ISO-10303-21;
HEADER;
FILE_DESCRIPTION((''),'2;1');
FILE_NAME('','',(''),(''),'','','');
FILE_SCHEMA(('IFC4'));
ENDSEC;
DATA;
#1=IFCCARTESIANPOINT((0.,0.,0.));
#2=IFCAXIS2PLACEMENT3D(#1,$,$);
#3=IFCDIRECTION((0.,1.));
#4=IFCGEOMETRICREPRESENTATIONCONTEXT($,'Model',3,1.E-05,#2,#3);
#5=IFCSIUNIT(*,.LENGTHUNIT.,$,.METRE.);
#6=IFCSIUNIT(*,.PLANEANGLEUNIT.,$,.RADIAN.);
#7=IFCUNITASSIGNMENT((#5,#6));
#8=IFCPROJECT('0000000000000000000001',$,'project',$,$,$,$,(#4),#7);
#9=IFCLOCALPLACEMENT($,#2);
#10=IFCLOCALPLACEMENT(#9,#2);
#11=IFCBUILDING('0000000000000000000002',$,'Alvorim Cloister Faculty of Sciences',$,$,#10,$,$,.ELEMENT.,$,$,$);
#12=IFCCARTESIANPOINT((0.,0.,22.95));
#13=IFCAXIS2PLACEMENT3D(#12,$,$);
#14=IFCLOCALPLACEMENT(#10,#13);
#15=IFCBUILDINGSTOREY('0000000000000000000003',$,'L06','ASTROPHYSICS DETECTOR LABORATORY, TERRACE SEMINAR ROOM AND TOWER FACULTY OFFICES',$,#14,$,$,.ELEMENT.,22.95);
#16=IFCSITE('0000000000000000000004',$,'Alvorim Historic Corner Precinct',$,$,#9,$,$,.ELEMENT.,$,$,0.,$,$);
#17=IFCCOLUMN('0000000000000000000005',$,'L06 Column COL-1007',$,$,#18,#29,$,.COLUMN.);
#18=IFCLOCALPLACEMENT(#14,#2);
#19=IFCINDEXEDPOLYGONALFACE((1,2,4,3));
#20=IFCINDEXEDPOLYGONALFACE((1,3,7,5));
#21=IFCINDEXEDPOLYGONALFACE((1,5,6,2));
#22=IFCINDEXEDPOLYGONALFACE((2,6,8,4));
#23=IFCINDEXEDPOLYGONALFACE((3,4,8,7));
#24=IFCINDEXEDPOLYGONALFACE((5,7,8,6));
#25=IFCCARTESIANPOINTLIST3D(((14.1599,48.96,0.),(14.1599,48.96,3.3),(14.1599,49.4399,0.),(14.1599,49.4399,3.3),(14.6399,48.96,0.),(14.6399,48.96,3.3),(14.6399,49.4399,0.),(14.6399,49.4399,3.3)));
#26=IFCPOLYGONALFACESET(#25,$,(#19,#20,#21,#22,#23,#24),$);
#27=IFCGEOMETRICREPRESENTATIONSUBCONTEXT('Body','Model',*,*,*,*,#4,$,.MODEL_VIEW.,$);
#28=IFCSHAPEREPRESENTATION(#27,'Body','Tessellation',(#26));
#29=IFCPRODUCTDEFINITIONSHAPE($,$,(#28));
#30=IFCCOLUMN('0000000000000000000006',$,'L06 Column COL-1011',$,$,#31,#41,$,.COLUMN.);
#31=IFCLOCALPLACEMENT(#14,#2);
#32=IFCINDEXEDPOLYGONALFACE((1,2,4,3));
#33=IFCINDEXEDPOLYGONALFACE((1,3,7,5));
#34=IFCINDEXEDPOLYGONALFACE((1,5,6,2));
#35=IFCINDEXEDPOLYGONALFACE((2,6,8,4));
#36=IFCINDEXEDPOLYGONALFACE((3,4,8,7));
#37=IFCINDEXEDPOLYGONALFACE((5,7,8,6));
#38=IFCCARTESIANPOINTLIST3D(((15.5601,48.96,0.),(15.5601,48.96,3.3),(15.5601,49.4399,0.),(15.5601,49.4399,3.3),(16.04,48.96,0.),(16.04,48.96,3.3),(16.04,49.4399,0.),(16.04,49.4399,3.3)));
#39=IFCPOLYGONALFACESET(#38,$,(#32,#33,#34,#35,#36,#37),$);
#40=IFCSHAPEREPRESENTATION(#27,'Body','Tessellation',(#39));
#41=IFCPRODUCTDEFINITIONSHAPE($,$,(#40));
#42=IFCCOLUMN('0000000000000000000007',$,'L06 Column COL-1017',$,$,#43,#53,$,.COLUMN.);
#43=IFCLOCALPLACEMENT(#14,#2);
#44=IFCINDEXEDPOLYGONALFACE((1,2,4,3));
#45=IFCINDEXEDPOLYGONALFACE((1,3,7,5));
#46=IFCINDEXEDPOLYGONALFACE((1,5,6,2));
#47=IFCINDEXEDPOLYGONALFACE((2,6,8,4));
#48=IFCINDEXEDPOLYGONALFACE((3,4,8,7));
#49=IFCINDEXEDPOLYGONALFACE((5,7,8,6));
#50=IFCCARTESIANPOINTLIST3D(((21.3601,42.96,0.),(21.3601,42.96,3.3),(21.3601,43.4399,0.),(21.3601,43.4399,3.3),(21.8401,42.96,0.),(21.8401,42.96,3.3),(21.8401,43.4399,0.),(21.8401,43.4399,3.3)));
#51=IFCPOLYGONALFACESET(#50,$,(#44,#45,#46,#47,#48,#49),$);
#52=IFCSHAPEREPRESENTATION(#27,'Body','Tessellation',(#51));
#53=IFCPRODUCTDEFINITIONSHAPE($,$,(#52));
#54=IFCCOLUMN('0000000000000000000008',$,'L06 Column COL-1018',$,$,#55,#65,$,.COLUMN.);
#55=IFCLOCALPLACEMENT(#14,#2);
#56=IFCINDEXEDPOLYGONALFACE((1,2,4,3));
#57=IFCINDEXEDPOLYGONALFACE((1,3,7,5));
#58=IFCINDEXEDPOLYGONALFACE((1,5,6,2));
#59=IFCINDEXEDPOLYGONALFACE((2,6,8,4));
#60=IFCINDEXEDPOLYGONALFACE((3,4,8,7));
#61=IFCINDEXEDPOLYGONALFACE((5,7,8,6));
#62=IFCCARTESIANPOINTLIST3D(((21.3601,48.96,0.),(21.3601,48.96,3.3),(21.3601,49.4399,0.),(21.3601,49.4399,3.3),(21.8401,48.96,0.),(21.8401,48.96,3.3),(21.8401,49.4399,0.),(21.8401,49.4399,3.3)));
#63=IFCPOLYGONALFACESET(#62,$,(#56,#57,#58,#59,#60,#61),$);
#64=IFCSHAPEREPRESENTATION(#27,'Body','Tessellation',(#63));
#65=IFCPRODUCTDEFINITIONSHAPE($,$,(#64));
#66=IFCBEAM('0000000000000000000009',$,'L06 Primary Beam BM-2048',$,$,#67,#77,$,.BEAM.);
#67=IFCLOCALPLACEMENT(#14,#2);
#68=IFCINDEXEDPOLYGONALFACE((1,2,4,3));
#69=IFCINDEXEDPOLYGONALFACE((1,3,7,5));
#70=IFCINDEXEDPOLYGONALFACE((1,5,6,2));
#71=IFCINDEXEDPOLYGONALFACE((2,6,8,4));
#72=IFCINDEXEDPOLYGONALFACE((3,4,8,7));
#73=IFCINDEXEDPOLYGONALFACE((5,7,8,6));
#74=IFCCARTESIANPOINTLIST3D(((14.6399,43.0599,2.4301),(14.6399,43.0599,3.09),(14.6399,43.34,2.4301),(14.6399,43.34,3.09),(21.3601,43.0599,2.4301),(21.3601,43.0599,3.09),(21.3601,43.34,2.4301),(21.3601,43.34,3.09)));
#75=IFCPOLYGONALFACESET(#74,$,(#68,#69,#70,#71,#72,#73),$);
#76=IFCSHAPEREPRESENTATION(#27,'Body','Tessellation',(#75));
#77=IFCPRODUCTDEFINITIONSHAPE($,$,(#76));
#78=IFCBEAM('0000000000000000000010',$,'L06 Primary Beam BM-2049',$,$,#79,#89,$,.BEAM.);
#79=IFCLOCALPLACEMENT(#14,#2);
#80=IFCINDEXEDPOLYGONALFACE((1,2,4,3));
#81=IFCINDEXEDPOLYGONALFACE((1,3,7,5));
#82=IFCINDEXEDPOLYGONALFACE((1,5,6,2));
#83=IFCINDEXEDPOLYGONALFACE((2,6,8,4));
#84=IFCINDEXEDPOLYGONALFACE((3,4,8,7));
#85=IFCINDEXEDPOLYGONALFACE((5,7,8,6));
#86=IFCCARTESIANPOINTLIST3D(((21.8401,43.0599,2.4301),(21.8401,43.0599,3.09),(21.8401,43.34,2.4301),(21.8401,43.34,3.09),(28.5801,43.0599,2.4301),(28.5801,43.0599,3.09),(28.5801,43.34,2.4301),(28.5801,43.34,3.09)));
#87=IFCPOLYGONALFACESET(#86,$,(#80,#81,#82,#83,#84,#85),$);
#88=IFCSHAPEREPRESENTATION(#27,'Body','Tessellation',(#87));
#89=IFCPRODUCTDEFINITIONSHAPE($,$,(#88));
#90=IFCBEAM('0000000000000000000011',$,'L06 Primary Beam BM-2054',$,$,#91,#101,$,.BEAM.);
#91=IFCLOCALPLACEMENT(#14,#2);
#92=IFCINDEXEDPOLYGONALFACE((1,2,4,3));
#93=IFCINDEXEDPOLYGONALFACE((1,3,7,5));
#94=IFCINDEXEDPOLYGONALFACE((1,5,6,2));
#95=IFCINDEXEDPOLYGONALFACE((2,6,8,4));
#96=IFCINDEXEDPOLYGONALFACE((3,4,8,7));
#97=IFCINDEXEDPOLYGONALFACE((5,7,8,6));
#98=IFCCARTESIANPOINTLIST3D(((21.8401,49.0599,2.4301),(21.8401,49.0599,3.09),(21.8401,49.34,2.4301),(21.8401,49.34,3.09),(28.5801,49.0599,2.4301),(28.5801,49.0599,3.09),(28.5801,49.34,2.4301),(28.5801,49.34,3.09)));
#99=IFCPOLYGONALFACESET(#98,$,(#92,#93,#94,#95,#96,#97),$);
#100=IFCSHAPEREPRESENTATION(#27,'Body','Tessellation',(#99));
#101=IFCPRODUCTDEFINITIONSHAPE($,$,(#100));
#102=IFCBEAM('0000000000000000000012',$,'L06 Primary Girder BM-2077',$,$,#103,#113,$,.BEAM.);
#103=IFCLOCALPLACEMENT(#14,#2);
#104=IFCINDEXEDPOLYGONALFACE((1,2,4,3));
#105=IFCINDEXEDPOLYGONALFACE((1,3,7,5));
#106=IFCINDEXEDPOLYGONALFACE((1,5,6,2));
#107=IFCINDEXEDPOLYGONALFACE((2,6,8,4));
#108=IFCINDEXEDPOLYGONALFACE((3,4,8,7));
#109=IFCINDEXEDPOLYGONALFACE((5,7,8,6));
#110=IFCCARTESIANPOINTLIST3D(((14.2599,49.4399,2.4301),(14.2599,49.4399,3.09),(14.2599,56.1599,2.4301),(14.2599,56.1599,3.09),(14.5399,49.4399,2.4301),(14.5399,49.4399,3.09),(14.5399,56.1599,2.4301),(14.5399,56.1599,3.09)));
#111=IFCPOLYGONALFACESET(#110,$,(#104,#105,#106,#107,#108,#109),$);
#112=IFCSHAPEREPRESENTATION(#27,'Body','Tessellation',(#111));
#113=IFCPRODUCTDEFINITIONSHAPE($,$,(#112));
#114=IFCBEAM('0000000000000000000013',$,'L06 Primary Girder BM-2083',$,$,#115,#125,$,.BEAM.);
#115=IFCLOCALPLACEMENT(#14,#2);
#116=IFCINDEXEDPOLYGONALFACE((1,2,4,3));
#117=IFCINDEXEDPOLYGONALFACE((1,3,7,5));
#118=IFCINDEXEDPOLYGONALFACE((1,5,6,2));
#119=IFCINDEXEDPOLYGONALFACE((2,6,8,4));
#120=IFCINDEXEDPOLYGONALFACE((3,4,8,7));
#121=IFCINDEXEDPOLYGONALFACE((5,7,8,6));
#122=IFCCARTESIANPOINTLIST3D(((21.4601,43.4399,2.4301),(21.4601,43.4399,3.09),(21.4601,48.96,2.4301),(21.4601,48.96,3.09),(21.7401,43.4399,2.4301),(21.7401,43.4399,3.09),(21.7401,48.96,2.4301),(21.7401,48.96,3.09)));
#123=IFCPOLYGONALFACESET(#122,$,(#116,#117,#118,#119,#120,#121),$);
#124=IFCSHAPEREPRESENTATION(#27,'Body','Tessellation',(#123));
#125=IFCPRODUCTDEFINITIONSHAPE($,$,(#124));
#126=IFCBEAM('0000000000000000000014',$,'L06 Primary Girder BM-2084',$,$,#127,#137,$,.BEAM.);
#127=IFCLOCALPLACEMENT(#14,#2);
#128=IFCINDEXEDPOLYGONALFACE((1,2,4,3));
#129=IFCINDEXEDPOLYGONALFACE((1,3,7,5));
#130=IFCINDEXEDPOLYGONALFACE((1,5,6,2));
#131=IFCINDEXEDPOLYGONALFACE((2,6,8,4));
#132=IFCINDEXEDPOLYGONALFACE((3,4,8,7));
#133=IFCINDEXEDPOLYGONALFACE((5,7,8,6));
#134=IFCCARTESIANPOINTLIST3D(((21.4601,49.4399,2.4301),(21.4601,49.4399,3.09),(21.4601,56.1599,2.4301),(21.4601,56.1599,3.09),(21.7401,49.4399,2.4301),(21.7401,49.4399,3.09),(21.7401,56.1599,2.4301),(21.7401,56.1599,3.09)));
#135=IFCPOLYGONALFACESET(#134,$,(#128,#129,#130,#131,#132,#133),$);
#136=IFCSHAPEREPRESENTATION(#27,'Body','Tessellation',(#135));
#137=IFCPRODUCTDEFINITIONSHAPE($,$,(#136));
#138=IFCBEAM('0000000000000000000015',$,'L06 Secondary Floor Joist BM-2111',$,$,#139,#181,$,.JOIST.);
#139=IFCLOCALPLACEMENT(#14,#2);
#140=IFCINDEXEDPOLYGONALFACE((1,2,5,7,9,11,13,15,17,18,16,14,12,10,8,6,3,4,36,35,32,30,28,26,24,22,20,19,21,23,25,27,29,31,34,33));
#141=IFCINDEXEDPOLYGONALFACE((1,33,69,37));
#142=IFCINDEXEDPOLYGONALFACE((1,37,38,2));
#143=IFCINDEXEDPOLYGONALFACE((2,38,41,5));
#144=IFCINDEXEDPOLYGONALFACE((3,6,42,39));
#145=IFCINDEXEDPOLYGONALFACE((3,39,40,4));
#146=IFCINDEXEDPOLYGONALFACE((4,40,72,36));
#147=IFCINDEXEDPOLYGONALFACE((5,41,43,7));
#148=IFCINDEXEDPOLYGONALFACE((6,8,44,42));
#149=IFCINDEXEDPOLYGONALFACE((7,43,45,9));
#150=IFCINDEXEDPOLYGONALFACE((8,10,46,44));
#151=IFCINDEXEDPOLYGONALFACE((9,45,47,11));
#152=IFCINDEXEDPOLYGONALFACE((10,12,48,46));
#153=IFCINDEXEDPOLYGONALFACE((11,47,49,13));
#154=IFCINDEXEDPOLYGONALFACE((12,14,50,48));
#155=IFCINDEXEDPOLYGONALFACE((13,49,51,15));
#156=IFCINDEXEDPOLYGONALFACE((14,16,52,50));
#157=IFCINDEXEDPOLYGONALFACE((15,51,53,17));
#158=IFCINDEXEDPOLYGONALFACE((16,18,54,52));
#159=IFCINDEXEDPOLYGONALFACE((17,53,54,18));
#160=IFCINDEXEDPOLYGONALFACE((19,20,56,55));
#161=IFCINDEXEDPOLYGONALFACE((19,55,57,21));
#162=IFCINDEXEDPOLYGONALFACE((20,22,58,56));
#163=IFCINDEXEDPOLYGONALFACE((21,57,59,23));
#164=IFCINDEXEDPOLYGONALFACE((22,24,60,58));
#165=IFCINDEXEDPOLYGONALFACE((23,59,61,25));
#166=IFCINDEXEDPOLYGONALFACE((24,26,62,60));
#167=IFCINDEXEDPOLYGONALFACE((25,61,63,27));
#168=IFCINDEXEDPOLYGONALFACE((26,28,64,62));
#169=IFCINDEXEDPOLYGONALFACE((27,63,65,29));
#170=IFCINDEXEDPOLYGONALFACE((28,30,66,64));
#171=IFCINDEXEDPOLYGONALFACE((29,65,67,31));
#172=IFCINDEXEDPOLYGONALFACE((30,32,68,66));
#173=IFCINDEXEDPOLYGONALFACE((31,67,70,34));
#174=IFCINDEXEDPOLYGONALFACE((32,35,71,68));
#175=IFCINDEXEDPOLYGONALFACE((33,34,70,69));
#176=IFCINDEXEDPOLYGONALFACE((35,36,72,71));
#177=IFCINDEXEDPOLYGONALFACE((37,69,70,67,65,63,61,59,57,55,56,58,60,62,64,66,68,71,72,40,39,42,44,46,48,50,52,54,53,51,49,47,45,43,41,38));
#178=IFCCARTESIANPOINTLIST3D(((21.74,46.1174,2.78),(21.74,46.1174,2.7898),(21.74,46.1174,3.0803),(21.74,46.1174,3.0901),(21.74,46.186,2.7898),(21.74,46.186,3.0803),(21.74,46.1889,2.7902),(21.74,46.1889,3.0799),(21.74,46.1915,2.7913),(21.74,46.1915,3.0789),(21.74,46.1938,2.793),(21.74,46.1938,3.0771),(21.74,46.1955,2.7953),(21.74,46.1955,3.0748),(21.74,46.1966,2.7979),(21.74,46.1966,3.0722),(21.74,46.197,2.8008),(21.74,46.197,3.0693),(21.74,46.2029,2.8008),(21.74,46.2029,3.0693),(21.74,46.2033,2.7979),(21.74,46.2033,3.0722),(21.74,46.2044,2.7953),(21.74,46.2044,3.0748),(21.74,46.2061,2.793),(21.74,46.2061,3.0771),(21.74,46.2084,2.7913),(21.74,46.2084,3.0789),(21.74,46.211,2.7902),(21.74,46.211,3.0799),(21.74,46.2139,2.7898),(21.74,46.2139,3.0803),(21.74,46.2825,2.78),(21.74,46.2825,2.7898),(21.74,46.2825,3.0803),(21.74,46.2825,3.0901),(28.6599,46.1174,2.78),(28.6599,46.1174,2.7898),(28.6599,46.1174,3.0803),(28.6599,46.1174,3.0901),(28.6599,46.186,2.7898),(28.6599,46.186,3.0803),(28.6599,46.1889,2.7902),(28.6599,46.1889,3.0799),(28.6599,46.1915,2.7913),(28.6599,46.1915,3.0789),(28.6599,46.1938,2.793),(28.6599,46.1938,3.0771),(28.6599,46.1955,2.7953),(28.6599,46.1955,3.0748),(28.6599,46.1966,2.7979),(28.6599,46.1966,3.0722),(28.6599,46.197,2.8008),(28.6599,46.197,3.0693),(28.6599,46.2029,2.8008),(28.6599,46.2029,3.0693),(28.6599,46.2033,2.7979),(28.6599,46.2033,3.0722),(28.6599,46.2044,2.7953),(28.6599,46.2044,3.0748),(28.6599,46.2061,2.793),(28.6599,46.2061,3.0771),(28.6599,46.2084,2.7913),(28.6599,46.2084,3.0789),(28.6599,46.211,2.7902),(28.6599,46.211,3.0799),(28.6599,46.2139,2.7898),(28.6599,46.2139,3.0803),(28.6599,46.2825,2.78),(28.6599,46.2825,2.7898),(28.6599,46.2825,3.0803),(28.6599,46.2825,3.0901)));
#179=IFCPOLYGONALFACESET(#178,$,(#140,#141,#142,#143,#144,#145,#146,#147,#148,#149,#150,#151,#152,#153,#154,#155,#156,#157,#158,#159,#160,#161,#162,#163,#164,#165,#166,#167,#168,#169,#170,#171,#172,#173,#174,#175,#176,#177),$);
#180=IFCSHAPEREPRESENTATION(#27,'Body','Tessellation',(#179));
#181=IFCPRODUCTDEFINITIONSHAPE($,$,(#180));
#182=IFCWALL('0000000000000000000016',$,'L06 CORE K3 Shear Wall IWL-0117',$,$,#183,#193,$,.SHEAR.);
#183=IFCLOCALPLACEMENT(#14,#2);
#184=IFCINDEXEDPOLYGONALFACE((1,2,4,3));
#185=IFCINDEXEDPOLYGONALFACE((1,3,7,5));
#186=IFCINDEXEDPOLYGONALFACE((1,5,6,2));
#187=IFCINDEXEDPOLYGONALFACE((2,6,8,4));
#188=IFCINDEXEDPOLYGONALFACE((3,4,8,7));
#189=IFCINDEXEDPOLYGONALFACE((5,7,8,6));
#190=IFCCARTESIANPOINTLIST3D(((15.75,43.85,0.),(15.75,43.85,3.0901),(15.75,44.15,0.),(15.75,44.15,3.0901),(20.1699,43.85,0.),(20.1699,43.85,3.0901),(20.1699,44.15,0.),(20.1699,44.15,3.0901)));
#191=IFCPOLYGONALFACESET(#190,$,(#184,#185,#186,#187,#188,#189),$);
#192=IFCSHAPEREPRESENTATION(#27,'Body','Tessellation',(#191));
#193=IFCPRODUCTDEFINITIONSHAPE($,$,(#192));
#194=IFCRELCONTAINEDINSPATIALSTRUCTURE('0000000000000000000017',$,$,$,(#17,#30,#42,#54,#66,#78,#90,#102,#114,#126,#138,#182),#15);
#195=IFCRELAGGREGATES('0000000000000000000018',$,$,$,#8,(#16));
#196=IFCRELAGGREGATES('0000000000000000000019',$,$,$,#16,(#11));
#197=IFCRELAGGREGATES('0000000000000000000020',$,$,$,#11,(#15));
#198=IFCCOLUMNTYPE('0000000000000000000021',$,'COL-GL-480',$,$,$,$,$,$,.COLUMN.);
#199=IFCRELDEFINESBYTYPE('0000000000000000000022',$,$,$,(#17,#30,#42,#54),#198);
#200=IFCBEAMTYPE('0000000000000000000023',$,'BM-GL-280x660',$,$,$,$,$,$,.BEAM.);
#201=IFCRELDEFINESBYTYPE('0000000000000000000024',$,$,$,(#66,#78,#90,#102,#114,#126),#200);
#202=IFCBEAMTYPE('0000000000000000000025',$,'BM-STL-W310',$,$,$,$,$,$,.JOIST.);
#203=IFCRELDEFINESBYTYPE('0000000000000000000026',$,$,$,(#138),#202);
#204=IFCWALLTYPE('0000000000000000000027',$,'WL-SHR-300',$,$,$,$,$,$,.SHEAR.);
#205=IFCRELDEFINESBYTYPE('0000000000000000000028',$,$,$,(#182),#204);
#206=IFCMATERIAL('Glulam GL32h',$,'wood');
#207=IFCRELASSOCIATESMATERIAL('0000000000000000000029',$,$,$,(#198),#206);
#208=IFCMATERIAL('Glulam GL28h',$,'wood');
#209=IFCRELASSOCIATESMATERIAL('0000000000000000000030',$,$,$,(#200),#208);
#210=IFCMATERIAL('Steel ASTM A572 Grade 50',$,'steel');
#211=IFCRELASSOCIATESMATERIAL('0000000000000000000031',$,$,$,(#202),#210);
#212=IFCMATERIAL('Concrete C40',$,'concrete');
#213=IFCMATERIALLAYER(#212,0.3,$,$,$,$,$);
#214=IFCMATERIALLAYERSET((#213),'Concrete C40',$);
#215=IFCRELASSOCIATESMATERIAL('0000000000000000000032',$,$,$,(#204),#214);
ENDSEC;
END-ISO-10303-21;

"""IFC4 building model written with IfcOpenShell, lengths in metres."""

from ifc_helpers import new_model, si_unit, direction, frame, frame_2d, origin, origin_2d, place, context, subcontext, project, spatial, rectangle, i_section, extrude, material, layer, layer_set, material_profile, profile_set, type_object, element, save


model = new_model("IFC4")

# Units and contexts
model_context = context("Model", 3, precision=1e-05, world=origin(), true_north=direction((0.0, 1.0)))
body_context = subcontext(model_context, "Body", "Model", "MODEL_VIEW")
ifc_project = project(units=[si_unit("LENGTHUNIT", "METRE"), si_unit("PLANEANGLEUNIT", "RADIAN")], contexts=[model_context])

# Site, building, storey
site_placement = place(None, origin())
site = spatial("IfcSite", under=ifc_project, at=site_placement, Name="Alvorim Historic Corner Precinct", CompositionType="ELEMENT", RefElevation=0.0)
building_placement = place(site_placement, origin())
building = spatial("IfcBuilding", under=site, at=building_placement, Name="Alvorim Cloister Faculty of Sciences", CompositionType="ELEMENT")
storey_placement = place(building_placement, frame((0.0, 0.0, 22.95)))
storey = spatial("IfcBuildingStorey", under=building, at=storey_placement, Name="L06", Description="ASTROPHYSICS DETECTOR LABORATORY, TERRACE SEMINAR ROOM AND TOWER FACULTY OFFICES", CompositionType="ELEMENT", Elevation=22.95)

# Columns
ifc_material_1 = material(Name="Glulam GL32h", Category="wood")
ifc_material_profile_1 = material_profile(ifc_material_1, rectangle(XDim=0.48, YDim=0.48, at=origin_2d()), Name="GL32-COL-480x480")
ifc_profile_set_1 = profile_set([ifc_material_profile_1], Name="Glulam GL32h")
column_type = type_object("IfcColumnType", Name="COL-GL-480", PredefinedType="COLUMN", material=ifc_profile_set_1)
for number, where, z_axis, x_axis, name in (
    (1, (14.3999, 49.2, 0.0), (0.0, 0.0, 1.0), (1.0, 0.0, 0.0), "L06 Column COL-1007"),
    (2, (15.8, 49.2, 0.0), (0.0, 0.0, 1.0), (1.0, 0.0, 0.0), "L06 Column COL-1011"),
    (3, (21.6001, 43.2, 0.0), (0.0, 0.0, 1.0), (1.0, 0.0, 0.0), "L06 Column COL-1017"),
    (4, (21.6001, 49.2, 0.0), (0.0, 0.0, 1.0), (1.0, 0.0, 0.0), "L06 Column COL-1018"),
):
    element("IfcColumn", number, at=place(storey_placement, frame(where, z_axis=z_axis, x_axis=x_axis)), inside=storey, type_object=column_type, Name=name, PredefinedType="COLUMN", context=body_context, shape_type="SweptSolid", body=[
        extrude(rectangle(XDim=0.48, YDim=0.48, at=origin_2d()), origin(), (0.0, 0.0, 1.0), 3.3),
    ])

# Beams
ifc_material_2 = material(Name="Glulam GL28h", Category="wood")
ifc_material_profile_2 = material_profile(ifc_material_2, rectangle(XDim=0.28, YDim=0.6599, at=origin_2d()), Name="GL28-BM-280x660")
ifc_profile_set_2 = profile_set([ifc_material_profile_2], Name="Glulam GL28h")
beam_type_1 = type_object("IfcBeamType", Name="BM-GL-280x660", PredefinedType="BEAM", material=ifc_profile_set_2)
beam_1_placement = place(storey_placement, frame((14.6399, 43.2, 2.76), z_axis=(1.0, 0.0, 0.0), x_axis=(0.0, 1.0, 0.0)))
element("IfcBeam", 5, at=beam_1_placement, inside=storey, type_object=beam_type_1, Name="L06 Primary Beam BM-2048", PredefinedType="BEAM", context=body_context, shape_type="SweptSolid", body=[
    extrude(rectangle(XDim=0.28, YDim=0.6599, at=origin_2d()), origin(), (0.0, 0.0, 1.0), 6.7202),
])
for number, where, z_axis, x_axis, name in (
    (6, (21.8401, 43.2, 2.76), (1.0, 0.0, 0.0), (0.0, 1.0, 0.0), "L06 Primary Beam BM-2049"),
    (7, (21.8401, 49.2, 2.76), (1.0, 0.0, 0.0), (0.0, 1.0, 0.0), "L06 Primary Beam BM-2054"),
):
    element("IfcBeam", number, at=place(storey_placement, frame(where, z_axis=z_axis, x_axis=x_axis)), inside=storey, type_object=beam_type_1, Name=name, PredefinedType="BEAM", context=body_context, shape_type="SweptSolid", body=[
        extrude(rectangle(XDim=0.28, YDim=0.6599, at=origin_2d()), origin(), (0.0, 0.0, 1.0), 6.74),
    ])
beam_2_placement = place(storey_placement, frame((14.3999, 49.4399, 2.76), z_axis=(0.0, 1.0, 0.0), x_axis=(-1.0, 0.0, 0.0)))
element("IfcBeam", 8, at=beam_2_placement, inside=storey, type_object=beam_type_1, Name="L06 Primary Girder BM-2077", PredefinedType="BEAM", context=body_context, shape_type="SweptSolid", body=[
    extrude(rectangle(XDim=0.28, YDim=0.6599, at=origin_2d()), origin(), (0.0, 0.0, 1.0), 6.72),
])
beam_3_placement = place(storey_placement, frame((21.6001, 43.4399, 2.76), z_axis=(0.0, 1.0, 0.0), x_axis=(-1.0, 0.0, 0.0)))
element("IfcBeam", 9, at=beam_3_placement, inside=storey, type_object=beam_type_1, Name="L06 Primary Girder BM-2083", PredefinedType="BEAM", context=body_context, shape_type="SweptSolid", body=[
    extrude(rectangle(XDim=0.28, YDim=0.6599, at=origin_2d()), origin(), (0.0, 0.0, 1.0), 5.52),
])
beam_4_placement = place(storey_placement, frame((21.6001, 49.4399, 2.76), z_axis=(0.0, 1.0, 0.0), x_axis=(-1.0, 0.0, 0.0)))
element("IfcBeam", 10, at=beam_4_placement, inside=storey, type_object=beam_type_1, Name="L06 Primary Girder BM-2084", PredefinedType="BEAM", context=body_context, shape_type="SweptSolid", body=[
    extrude(rectangle(XDim=0.28, YDim=0.6599, at=origin_2d()), origin(), (0.0, 0.0, 1.0), 6.72),
])
ifc_material_3 = material(Name="Steel ASTM A572 Grade 50", Category="steel")
ifc_material_profile_3 = material_profile(ifc_material_3, i_section(OverallWidth=0.165, OverallDepth=0.3101, WebThickness=0.0059, FlangeThickness=0.0098, FilletRadius=0.011, at=origin_2d()), Name="W310x38.7")
ifc_profile_set_3 = profile_set([ifc_material_profile_3], Name="Steel ASTM A572 Grade 50")
beam_type_2 = type_object("IfcBeamType", Name="BM-STL-W310", PredefinedType="JOIST", material=ifc_profile_set_3)
beam_5_placement = place(storey_placement, frame((21.74, 46.2, 2.9351), z_axis=(1.0, 0.0, 0.0), x_axis=(0.0, 1.0, 0.0)))
element("IfcBeam", 11, at=beam_5_placement, inside=storey, type_object=beam_type_2, Name="L06 Secondary Floor Joist BM-2111", PredefinedType="JOIST", context=body_context, shape_type="SweptSolid", body=[
    extrude(i_section(OverallWidth=0.165, OverallDepth=0.3101, WebThickness=0.0059, FlangeThickness=0.0098, FilletRadius=0.011, at=origin_2d()), origin(), (0.0, 0.0, 1.0), 6.9199),
])

# Wall
ifc_material_4 = material(Name="Concrete C40", Category="concrete")
ifc_layer = layer(ifc_material_4, 0.3)
ifc_layer_set = layer_set([ifc_layer], Name="Concrete C40")
wall_type = type_object("IfcWallType", Name="WL-SHR-300", PredefinedType="SHEAR", material=ifc_layer_set)
wall_1_placement = place(storey_placement, frame((15.75, 44.0, 0.0), z_axis=(0.0, 0.0, 1.0), x_axis=(1.0, 0.0, 0.0)))
element("IfcWall", 12, at=wall_1_placement, inside=storey, type_object=wall_type, Name="L06 CORE K3 Shear Wall IWL-0117", PredefinedType="SHEAR", context=body_context, shape_type="SweptSolid", body=[
    extrude(rectangle(XDim=4.4199, YDim=0.3, at=frame_2d((2.21, 0.0))), origin(), (0.0, 0.0, 1.0), 3.0901),
])

save(model, "model.ifc")
